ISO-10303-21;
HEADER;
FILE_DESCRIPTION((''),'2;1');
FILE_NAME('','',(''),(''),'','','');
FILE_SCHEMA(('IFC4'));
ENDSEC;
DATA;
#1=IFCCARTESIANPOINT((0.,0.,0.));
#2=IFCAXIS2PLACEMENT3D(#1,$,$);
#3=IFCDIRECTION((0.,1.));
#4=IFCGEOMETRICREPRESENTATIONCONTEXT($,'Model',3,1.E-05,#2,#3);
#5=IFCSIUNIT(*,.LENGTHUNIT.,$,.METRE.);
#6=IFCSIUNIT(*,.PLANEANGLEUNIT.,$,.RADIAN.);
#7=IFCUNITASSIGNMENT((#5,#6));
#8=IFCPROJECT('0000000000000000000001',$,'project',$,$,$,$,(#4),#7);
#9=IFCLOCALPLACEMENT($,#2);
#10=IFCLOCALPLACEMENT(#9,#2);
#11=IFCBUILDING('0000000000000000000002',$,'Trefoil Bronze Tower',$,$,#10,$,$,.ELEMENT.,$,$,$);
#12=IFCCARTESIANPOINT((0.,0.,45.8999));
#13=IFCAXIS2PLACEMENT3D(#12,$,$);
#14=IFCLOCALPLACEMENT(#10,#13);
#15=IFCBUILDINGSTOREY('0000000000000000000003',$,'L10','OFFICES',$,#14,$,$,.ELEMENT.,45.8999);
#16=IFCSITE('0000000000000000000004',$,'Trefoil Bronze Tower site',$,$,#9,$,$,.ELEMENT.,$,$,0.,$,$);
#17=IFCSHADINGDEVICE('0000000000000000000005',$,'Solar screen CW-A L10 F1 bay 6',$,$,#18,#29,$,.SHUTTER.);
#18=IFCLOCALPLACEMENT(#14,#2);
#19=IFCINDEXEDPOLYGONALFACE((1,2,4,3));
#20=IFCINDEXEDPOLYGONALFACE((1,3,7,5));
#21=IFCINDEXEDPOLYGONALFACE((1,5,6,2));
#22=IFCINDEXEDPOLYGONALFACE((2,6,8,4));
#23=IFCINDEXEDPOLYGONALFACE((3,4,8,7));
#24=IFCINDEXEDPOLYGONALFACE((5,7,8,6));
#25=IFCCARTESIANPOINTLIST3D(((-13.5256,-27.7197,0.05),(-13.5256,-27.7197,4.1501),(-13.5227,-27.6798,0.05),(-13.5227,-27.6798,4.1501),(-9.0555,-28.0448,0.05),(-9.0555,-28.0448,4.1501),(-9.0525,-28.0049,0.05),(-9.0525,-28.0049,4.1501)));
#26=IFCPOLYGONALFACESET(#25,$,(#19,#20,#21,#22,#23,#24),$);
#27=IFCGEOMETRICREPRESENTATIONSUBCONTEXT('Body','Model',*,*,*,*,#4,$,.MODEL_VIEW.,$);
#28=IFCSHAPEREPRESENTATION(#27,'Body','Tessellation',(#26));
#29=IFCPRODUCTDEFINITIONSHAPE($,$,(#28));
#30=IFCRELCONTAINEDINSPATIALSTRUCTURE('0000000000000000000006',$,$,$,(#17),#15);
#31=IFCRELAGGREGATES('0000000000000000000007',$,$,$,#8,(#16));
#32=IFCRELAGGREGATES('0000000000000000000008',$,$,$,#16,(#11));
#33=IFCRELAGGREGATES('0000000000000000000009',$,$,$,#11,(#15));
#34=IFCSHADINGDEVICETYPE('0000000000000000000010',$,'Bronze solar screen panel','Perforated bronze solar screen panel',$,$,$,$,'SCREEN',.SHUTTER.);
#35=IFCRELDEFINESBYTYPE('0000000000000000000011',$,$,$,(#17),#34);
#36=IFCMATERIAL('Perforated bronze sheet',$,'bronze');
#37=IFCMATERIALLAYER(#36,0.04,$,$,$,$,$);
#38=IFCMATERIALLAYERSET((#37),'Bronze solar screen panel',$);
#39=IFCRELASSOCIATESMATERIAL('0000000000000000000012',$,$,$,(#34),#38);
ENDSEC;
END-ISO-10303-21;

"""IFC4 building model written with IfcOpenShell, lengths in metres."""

from ifc_helpers import new_model, si_unit, direction, frame, origin, origin_2d, place, context, subcontext, project, spatial, rectangle, extrude, material, layer, layer_set, type_object, element, save


model = new_model("IFC4")

# Units and contexts
model_context = context("Model", 3, precision=1e-05, world=origin(), true_north=direction((0.0, 1.0)))
body_context = subcontext(model_context, "Body", "Model", "MODEL_VIEW")
ifc_project = project(units=[si_unit("LENGTHUNIT", "METRE"), si_unit("PLANEANGLEUNIT", "RADIAN")], contexts=[model_context])

# Site, building, storey
site_placement = place(None, origin())
site = spatial("IfcSite", under=ifc_project, at=site_placement, Name="Trefoil Bronze Tower site", CompositionType="ELEMENT", RefElevation=0.0)
building_placement = place(site_placement, origin())
building = spatial("IfcBuilding", under=site, at=building_placement, Name="Trefoil Bronze Tower", CompositionType="ELEMENT")
storey_placement = place(building_placement, frame((0.0, 0.0, 45.8999)))
storey = spatial("IfcBuildingStorey", under=building, at=storey_placement, Name="L10", Description="OFFICES", CompositionType="ELEMENT", Elevation=45.8999)

# Shading device
ifc_material_1 = material(Name="Perforated bronze sheet", Category="bronze")
ifc_layer_1 = layer(ifc_material_1, 0.04)
ifc_layer_set_1 = layer_set([ifc_layer_1], Name="Bronze solar screen panel")
shading_device_type = type_object("IfcShadingDeviceType", Name="Bronze solar screen panel", Description="Perforated bronze solar screen panel", ElementType="SCREEN", PredefinedType="SHUTTER", material=ifc_layer_set_1)
shading_device_1_placement = place(storey_placement, frame((-11.2891, -27.8623, 0.05), z_axis=(0.0, 0.0, 1.0), x_axis=(0.997365, -0.072547, 0.0)))
element("IfcShadingDevice", 1, at=shading_device_1_placement, inside=storey, type_object=shading_device_type, Name="Solar screen CW-A L10 F1 bay 6", PredefinedType="SHUTTER", context=body_context, shape_type="SweptSolid", body=[
    extrude(rectangle(XDim=4.4819, YDim=0.04, at=origin_2d()), origin(), (0.0, 0.0, 1.0), 4.1001),
])

save(model, "model.ifc")
